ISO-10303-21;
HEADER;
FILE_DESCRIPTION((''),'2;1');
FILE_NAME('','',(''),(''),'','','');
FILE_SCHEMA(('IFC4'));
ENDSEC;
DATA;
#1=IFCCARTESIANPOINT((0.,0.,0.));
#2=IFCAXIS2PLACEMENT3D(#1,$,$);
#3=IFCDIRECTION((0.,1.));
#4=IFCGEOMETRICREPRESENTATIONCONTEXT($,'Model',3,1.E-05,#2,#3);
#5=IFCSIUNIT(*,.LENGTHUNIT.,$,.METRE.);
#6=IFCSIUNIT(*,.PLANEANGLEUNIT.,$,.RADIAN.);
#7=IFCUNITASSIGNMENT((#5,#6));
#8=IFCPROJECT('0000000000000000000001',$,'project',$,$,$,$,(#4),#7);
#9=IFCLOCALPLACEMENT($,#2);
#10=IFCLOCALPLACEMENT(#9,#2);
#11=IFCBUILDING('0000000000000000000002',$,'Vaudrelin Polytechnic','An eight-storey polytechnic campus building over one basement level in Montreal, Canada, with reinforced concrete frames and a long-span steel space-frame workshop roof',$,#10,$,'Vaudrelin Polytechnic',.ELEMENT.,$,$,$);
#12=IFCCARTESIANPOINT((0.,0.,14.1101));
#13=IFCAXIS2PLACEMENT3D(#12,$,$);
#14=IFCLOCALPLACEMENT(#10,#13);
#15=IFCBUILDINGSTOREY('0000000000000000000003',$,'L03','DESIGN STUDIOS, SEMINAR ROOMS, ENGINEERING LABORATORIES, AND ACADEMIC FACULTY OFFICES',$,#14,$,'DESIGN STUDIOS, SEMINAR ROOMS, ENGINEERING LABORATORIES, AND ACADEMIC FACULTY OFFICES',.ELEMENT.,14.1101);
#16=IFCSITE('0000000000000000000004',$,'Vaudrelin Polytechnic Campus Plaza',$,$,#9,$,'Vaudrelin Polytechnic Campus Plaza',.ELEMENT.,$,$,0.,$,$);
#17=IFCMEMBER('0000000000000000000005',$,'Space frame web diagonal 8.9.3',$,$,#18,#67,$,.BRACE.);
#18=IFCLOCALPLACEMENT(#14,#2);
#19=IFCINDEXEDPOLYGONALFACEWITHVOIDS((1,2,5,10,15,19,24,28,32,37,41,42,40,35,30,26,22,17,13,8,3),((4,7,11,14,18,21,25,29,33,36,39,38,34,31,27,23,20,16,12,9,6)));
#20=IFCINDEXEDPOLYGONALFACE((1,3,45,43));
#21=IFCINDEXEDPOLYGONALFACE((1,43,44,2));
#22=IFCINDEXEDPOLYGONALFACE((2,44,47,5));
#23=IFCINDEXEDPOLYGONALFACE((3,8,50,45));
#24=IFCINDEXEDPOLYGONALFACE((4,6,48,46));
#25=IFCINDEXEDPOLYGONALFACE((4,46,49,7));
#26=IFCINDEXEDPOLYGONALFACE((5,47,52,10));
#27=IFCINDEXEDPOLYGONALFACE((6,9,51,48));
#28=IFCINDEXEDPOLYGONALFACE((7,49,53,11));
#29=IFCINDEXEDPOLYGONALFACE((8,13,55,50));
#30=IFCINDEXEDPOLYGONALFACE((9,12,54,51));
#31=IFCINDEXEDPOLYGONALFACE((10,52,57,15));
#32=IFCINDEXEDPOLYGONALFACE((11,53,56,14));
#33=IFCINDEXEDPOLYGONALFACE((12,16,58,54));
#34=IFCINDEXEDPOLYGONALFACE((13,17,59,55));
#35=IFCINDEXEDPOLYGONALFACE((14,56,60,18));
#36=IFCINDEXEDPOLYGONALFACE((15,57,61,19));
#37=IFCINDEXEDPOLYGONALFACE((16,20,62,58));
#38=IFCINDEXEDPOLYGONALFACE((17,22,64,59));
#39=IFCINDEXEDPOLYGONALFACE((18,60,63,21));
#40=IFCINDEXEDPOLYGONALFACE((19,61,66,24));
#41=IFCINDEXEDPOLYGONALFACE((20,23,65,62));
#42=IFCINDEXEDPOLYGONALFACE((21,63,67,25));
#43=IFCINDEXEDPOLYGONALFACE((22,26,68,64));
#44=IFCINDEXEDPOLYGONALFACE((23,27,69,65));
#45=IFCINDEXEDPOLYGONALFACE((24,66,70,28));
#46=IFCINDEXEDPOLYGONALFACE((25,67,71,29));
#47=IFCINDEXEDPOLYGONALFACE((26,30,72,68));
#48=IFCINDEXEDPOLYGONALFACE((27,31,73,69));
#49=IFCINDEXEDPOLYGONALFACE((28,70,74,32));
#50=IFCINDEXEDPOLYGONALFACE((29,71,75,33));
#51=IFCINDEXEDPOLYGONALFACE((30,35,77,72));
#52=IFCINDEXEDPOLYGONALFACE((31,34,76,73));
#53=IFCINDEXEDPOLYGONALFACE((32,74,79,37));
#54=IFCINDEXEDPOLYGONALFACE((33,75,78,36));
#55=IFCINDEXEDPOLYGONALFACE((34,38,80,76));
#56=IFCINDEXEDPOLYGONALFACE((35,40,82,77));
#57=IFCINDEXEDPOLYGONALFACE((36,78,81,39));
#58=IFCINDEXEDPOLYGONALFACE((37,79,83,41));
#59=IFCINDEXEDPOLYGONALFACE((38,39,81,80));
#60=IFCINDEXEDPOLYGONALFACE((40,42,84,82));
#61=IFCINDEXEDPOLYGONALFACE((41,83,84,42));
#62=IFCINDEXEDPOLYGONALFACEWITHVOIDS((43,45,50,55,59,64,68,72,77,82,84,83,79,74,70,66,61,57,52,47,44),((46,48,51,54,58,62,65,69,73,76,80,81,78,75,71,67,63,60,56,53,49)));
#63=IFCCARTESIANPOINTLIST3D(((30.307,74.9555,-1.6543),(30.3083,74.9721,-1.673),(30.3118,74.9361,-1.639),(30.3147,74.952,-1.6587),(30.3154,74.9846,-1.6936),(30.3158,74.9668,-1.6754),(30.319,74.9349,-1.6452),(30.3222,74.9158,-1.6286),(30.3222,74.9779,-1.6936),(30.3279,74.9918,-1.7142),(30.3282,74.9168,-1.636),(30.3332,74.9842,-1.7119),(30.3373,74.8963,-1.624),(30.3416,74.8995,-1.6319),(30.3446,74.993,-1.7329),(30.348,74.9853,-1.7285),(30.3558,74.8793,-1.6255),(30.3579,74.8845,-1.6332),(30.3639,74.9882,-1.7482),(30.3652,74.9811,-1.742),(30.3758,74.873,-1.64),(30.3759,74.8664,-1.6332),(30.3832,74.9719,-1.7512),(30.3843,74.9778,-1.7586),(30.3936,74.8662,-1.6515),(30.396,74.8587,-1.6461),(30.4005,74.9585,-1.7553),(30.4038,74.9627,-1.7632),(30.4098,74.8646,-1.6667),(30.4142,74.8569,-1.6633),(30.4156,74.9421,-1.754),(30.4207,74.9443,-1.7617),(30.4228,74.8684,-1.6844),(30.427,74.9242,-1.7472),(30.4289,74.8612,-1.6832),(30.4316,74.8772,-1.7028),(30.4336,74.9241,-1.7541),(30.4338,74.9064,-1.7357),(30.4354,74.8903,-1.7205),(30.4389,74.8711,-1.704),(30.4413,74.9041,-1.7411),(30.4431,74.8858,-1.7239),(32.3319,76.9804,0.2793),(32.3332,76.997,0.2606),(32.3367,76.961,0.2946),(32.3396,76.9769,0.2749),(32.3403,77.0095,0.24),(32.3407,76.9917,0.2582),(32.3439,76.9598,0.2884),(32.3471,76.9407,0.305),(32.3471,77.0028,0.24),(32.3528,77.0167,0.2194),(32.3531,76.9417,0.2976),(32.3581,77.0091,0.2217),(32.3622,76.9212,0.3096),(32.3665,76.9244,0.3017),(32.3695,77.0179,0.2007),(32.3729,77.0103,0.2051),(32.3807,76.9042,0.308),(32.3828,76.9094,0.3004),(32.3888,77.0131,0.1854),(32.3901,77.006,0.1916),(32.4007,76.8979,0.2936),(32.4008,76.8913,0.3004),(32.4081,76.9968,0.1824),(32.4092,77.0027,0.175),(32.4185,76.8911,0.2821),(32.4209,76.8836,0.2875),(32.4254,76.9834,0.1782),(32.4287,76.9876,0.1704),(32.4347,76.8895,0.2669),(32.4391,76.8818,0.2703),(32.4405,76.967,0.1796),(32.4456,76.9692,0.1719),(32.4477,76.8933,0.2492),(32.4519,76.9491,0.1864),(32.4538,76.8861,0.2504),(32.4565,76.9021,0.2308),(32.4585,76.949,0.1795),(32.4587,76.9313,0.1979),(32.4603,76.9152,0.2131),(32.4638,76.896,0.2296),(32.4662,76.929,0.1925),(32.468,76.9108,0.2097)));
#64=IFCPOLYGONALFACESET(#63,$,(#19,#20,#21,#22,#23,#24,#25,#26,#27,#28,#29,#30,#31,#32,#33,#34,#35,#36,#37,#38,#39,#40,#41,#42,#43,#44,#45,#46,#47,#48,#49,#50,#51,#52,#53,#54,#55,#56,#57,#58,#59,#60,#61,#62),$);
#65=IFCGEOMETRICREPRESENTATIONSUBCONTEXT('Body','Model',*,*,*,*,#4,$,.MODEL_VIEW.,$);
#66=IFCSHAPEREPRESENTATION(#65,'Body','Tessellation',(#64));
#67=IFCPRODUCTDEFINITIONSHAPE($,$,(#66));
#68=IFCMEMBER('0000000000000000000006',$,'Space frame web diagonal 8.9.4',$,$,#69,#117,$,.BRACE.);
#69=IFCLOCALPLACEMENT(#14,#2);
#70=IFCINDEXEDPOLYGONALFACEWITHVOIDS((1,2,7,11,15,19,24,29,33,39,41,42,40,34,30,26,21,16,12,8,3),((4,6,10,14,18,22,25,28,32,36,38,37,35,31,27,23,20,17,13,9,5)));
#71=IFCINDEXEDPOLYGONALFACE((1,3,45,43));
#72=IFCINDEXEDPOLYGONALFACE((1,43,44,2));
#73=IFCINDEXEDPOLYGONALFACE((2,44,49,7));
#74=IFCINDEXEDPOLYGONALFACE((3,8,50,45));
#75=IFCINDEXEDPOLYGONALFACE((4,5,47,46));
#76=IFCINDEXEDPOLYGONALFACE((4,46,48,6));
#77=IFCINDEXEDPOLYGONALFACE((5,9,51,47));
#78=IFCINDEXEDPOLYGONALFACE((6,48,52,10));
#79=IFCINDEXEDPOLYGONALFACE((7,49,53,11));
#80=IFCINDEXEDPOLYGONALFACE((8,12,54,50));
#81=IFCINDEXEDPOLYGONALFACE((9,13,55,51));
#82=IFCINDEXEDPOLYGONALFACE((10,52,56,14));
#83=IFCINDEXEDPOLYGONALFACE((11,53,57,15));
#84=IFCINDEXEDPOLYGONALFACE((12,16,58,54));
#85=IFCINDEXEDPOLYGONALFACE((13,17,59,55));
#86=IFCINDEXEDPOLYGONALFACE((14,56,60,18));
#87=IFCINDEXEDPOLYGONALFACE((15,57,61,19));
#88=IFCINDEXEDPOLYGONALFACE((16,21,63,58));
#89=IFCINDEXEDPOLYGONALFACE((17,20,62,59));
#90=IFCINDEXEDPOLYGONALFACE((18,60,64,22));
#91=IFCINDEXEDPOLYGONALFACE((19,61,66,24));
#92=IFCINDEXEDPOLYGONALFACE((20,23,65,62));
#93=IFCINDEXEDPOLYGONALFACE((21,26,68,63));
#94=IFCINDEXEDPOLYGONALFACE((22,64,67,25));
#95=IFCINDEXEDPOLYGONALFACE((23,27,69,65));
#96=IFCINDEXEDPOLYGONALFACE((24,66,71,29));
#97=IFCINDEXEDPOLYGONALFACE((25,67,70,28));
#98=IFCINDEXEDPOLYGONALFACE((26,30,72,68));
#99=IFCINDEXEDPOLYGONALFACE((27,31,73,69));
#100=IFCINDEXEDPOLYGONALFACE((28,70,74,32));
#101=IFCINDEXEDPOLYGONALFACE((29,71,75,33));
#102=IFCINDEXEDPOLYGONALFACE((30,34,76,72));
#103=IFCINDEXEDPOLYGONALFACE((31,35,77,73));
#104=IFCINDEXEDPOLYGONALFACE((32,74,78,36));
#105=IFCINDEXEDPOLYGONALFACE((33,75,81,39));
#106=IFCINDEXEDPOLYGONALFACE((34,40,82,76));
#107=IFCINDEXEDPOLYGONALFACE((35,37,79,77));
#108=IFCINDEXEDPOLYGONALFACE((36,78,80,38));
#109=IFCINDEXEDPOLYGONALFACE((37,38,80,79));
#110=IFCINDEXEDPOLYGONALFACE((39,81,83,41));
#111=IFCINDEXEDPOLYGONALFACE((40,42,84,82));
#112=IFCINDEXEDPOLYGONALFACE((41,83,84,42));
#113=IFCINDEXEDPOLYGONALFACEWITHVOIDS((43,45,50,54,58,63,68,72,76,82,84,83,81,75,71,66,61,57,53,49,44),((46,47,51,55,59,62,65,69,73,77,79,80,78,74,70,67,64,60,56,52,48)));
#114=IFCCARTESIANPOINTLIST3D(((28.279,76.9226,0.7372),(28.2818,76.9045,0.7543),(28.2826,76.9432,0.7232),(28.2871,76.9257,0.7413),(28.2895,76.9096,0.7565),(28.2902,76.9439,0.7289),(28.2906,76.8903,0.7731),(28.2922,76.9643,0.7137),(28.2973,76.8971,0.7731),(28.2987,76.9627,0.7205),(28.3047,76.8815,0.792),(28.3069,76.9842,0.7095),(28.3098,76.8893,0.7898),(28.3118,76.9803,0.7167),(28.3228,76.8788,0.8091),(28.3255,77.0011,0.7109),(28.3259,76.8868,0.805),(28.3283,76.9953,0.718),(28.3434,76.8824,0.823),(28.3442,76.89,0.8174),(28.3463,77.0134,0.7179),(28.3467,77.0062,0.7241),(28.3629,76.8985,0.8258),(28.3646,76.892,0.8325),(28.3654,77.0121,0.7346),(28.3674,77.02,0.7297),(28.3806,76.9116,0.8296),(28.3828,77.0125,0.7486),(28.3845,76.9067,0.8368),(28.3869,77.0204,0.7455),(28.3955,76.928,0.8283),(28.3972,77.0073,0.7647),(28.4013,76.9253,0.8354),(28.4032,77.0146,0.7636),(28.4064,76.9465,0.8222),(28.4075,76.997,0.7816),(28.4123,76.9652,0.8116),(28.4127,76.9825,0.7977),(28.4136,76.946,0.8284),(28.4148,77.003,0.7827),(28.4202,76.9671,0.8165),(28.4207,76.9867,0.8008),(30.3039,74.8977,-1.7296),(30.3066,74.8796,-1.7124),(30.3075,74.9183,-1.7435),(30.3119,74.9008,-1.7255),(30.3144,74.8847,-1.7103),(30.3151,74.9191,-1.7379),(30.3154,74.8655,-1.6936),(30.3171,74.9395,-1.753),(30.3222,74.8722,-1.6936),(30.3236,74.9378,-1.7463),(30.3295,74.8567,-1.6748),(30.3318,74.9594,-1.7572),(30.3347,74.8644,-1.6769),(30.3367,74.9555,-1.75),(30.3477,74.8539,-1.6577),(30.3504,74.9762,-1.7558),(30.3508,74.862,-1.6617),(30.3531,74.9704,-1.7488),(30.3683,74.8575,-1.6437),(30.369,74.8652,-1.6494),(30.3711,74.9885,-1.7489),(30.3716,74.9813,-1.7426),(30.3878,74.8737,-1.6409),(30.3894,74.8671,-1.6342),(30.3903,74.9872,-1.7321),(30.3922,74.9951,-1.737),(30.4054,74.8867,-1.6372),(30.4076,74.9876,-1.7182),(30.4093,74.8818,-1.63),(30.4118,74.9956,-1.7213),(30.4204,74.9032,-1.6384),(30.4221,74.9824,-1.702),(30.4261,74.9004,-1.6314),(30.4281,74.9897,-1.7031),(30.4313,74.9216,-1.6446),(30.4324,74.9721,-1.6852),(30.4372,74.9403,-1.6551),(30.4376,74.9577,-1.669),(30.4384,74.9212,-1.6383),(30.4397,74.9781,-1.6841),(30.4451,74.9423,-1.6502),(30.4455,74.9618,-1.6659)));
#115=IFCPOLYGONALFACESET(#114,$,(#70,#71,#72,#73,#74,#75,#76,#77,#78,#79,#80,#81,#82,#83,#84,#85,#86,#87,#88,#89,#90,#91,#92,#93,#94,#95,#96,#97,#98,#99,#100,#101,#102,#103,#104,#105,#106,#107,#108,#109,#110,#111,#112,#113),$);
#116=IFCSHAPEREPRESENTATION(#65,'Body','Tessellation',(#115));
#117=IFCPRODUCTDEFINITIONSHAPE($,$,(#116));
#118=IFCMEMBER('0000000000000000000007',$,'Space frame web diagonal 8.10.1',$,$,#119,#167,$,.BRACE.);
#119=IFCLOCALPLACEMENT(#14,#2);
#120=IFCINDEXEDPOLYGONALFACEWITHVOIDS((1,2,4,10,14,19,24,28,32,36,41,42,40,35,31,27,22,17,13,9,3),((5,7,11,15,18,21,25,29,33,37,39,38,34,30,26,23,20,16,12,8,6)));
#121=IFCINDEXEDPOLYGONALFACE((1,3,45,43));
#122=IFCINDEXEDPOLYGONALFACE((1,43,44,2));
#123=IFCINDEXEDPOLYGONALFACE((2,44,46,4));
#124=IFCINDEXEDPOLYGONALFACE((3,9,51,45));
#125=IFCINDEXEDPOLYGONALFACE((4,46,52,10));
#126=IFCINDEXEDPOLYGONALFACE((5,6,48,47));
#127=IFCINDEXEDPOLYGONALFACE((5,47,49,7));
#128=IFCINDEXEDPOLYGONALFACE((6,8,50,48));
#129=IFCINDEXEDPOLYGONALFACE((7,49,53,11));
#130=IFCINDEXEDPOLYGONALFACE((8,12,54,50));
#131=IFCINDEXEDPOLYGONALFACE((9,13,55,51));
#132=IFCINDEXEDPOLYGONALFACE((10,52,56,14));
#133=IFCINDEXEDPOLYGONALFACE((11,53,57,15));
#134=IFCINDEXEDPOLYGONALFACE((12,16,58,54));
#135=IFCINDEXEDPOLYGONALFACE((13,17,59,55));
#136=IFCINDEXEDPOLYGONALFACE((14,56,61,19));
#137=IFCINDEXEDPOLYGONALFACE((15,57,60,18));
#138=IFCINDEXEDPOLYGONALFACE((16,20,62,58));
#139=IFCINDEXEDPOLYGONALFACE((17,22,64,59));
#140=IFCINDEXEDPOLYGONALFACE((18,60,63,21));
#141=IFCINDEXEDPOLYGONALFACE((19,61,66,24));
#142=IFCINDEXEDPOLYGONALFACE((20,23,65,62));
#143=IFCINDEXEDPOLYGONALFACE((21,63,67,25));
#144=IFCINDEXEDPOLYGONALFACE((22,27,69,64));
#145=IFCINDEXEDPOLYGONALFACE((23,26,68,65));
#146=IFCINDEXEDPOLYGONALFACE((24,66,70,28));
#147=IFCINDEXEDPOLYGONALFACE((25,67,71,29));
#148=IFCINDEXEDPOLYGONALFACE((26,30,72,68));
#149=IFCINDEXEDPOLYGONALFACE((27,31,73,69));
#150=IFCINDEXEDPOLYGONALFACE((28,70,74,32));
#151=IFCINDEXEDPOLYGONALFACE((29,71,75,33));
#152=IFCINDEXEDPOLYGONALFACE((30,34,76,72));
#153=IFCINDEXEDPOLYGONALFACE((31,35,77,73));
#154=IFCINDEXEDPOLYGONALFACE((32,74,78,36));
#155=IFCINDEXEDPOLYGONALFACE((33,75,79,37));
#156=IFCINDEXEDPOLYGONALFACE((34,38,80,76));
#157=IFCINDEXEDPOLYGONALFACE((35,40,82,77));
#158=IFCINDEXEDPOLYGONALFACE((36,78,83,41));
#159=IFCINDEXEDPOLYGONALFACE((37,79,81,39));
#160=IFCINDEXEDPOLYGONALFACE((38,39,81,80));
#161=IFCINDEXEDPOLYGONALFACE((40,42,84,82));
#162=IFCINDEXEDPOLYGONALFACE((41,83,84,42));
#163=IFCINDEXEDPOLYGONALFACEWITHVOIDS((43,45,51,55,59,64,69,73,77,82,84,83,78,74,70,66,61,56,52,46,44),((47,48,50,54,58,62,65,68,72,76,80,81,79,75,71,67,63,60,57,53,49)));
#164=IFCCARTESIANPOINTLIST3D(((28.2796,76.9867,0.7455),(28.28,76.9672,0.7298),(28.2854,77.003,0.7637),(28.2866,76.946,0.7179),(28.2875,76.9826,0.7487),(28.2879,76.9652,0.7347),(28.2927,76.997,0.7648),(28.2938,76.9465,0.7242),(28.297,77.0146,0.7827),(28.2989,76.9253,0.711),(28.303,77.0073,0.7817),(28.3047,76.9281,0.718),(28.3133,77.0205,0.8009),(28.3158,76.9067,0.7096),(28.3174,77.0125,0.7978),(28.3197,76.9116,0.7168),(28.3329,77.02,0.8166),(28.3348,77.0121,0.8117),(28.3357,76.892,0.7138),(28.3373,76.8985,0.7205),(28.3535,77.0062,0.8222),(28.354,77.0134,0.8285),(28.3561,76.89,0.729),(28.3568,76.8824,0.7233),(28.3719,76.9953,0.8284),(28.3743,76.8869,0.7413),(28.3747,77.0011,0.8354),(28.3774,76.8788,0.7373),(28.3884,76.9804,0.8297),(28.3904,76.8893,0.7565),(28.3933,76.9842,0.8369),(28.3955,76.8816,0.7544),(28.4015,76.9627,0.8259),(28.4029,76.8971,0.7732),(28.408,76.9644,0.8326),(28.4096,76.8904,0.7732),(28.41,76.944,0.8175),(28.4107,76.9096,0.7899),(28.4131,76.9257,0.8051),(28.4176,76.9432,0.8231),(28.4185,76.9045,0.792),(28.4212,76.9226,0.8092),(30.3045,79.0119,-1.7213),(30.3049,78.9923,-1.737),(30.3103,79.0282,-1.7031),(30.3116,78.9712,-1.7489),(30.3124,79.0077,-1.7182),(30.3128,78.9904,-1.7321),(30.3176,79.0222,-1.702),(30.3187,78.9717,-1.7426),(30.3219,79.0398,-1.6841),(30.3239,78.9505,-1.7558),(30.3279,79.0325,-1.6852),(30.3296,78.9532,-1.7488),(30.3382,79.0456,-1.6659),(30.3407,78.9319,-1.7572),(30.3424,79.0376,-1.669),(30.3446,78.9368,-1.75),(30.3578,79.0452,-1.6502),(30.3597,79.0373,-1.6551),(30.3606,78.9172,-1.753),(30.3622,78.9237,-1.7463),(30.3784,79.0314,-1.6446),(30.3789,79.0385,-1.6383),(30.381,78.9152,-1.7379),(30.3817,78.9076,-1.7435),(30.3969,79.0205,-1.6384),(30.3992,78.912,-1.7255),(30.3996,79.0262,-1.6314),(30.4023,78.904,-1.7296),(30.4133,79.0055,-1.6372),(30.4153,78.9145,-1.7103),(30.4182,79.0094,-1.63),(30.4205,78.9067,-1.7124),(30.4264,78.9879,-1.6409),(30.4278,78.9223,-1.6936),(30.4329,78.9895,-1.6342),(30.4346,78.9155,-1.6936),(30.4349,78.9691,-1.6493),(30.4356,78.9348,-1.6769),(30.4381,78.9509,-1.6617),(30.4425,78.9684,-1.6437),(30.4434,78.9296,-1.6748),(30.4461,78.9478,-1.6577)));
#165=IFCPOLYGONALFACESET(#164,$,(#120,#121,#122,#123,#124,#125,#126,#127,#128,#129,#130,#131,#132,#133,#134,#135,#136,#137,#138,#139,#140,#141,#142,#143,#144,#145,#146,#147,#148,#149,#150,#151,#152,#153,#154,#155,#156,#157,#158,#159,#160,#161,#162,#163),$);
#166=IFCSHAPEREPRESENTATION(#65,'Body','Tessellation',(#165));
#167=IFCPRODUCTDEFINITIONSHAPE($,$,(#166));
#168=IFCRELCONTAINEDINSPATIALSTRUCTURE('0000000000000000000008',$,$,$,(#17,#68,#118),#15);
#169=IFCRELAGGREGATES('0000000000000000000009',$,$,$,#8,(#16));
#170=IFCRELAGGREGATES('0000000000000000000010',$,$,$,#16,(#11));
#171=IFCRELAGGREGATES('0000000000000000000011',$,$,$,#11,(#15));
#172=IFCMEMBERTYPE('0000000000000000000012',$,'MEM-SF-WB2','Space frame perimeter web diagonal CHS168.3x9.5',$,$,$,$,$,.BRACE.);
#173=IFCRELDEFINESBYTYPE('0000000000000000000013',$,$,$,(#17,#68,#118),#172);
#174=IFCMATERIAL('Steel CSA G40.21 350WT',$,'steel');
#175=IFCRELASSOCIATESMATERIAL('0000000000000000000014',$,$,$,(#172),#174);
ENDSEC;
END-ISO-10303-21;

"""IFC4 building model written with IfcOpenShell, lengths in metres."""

from ifc_helpers import new_model, si_unit, direction, frame, origin, origin_2d, place, context, subcontext, project, spatial, hollow_circle, extrude, material, material_profile, profile_set, type_object, element, save


model = new_model("IFC4")

# Units and contexts
model_context = context("Model", 3, precision=1e-05, world=origin(), true_north=direction((0.0, 1.0)))
body_context = subcontext(model_context, "Body", "Model", "MODEL_VIEW")
ifc_project = project(units=[si_unit("LENGTHUNIT", "METRE"), si_unit("PLANEANGLEUNIT", "RADIAN")], contexts=[model_context])

# Site, building, storey
site_placement = place(None, origin())
site = spatial("IfcSite", under=ifc_project, at=site_placement, Name="Vaudrelin Polytechnic Campus Plaza", LongName="Vaudrelin Polytechnic Campus Plaza", CompositionType="ELEMENT", RefElevation=0.0)
building_placement = place(site_placement, origin())
building = spatial("IfcBuilding", under=site, at=building_placement, Name="Vaudrelin Polytechnic", Description="An eight-storey polytechnic campus building over one basement level in Montreal, Canada, with reinforced concrete frames and a long-span steel space-frame workshop roof", LongName="Vaudrelin Polytechnic", CompositionType="ELEMENT")
storey_placement = place(building_placement, frame((0.0, 0.0, 14.1101)))
storey = spatial("IfcBuildingStorey", under=building, at=storey_placement, Name="L03", Description="DESIGN STUDIOS, SEMINAR ROOMS, ENGINEERING LABORATORIES, AND ACADEMIC FACULTY OFFICES", LongName="DESIGN STUDIOS, SEMINAR ROOMS, ENGINEERING LABORATORIES, AND ACADEMIC FACULTY OFFICES", CompositionType="ELEMENT", Elevation=14.1101)

# Members
ifc_material = material(Name="Steel CSA G40.21 350WT", Category="steel")
ifc_material_profile_1 = material_profile(ifc_material, hollow_circle(Radius=0.0842, WallThickness=0.0095, at=origin_2d()), Name="CHS168.3x9.5")
ifc_profile_set_1 = profile_set([ifc_material_profile_1], Name="Steel CSA G40.21 350WT")
member_type_1 = type_object("IfcMemberType", Name="MEM-SF-WB2", Description="Space frame perimeter web diagonal CHS168.3x9.5", PredefinedType="BRACE", material=ifc_profile_set_1)
member_1_placement = place(storey_placement, frame((30.375, 74.925, -1.6936), z_axis=(0.586024, 0.586024, 0.559599), x_axis=(-0.707107, 0.707107, 0.0)))
element("IfcMember", 1, at=member_1_placement, inside=storey, type_object=member_type_1, Name="Space frame web diagonal 8.9.3", PredefinedType="BRACE", context=body_context, shape_type="SweptSolid", body=[
    extrude(hollow_circle(Radius=0.0842, WallThickness=0.0095, at=origin_2d()), origin(), (0.0, 0.0, 1.0), 3.4553),
])
member_2_placement = place(storey_placement, frame((30.375, 74.925, -1.6936), z_axis=(-0.535742, 0.535742, 0.652657), x_axis=(-0.707107, -0.707107, 0.0)))
element("IfcMember", 2, at=member_2_placement, inside=storey, type_object=member_type_1, Name="Space frame web diagonal 8.9.4", PredefinedType="BRACE", context=body_context, shape_type="SweptSolid", body=[
    extrude(hollow_circle(Radius=0.0842, WallThickness=0.0095, at=origin_2d()), origin(), (0.0, 0.0, 1.0), 3.7795),
])
member_3_placement = place(storey_placement, frame((30.375, 78.9751, -1.6936), z_axis=(-0.535723, -0.535788, 0.652634), x_axis=(0.707149, -0.707064, 0.0)))
element("IfcMember", 3, at=member_3_placement, inside=storey, type_object=member_type_1, Name="Space frame web diagonal 8.10.1", PredefinedType="BRACE", context=body_context, shape_type="SweptSolid", body=[
    extrude(hollow_circle(Radius=0.0842, WallThickness=0.0095, at=origin_2d()), origin(), (0.0, 0.0, 1.0), 3.7798),
])

save(model, "model.ifc")
